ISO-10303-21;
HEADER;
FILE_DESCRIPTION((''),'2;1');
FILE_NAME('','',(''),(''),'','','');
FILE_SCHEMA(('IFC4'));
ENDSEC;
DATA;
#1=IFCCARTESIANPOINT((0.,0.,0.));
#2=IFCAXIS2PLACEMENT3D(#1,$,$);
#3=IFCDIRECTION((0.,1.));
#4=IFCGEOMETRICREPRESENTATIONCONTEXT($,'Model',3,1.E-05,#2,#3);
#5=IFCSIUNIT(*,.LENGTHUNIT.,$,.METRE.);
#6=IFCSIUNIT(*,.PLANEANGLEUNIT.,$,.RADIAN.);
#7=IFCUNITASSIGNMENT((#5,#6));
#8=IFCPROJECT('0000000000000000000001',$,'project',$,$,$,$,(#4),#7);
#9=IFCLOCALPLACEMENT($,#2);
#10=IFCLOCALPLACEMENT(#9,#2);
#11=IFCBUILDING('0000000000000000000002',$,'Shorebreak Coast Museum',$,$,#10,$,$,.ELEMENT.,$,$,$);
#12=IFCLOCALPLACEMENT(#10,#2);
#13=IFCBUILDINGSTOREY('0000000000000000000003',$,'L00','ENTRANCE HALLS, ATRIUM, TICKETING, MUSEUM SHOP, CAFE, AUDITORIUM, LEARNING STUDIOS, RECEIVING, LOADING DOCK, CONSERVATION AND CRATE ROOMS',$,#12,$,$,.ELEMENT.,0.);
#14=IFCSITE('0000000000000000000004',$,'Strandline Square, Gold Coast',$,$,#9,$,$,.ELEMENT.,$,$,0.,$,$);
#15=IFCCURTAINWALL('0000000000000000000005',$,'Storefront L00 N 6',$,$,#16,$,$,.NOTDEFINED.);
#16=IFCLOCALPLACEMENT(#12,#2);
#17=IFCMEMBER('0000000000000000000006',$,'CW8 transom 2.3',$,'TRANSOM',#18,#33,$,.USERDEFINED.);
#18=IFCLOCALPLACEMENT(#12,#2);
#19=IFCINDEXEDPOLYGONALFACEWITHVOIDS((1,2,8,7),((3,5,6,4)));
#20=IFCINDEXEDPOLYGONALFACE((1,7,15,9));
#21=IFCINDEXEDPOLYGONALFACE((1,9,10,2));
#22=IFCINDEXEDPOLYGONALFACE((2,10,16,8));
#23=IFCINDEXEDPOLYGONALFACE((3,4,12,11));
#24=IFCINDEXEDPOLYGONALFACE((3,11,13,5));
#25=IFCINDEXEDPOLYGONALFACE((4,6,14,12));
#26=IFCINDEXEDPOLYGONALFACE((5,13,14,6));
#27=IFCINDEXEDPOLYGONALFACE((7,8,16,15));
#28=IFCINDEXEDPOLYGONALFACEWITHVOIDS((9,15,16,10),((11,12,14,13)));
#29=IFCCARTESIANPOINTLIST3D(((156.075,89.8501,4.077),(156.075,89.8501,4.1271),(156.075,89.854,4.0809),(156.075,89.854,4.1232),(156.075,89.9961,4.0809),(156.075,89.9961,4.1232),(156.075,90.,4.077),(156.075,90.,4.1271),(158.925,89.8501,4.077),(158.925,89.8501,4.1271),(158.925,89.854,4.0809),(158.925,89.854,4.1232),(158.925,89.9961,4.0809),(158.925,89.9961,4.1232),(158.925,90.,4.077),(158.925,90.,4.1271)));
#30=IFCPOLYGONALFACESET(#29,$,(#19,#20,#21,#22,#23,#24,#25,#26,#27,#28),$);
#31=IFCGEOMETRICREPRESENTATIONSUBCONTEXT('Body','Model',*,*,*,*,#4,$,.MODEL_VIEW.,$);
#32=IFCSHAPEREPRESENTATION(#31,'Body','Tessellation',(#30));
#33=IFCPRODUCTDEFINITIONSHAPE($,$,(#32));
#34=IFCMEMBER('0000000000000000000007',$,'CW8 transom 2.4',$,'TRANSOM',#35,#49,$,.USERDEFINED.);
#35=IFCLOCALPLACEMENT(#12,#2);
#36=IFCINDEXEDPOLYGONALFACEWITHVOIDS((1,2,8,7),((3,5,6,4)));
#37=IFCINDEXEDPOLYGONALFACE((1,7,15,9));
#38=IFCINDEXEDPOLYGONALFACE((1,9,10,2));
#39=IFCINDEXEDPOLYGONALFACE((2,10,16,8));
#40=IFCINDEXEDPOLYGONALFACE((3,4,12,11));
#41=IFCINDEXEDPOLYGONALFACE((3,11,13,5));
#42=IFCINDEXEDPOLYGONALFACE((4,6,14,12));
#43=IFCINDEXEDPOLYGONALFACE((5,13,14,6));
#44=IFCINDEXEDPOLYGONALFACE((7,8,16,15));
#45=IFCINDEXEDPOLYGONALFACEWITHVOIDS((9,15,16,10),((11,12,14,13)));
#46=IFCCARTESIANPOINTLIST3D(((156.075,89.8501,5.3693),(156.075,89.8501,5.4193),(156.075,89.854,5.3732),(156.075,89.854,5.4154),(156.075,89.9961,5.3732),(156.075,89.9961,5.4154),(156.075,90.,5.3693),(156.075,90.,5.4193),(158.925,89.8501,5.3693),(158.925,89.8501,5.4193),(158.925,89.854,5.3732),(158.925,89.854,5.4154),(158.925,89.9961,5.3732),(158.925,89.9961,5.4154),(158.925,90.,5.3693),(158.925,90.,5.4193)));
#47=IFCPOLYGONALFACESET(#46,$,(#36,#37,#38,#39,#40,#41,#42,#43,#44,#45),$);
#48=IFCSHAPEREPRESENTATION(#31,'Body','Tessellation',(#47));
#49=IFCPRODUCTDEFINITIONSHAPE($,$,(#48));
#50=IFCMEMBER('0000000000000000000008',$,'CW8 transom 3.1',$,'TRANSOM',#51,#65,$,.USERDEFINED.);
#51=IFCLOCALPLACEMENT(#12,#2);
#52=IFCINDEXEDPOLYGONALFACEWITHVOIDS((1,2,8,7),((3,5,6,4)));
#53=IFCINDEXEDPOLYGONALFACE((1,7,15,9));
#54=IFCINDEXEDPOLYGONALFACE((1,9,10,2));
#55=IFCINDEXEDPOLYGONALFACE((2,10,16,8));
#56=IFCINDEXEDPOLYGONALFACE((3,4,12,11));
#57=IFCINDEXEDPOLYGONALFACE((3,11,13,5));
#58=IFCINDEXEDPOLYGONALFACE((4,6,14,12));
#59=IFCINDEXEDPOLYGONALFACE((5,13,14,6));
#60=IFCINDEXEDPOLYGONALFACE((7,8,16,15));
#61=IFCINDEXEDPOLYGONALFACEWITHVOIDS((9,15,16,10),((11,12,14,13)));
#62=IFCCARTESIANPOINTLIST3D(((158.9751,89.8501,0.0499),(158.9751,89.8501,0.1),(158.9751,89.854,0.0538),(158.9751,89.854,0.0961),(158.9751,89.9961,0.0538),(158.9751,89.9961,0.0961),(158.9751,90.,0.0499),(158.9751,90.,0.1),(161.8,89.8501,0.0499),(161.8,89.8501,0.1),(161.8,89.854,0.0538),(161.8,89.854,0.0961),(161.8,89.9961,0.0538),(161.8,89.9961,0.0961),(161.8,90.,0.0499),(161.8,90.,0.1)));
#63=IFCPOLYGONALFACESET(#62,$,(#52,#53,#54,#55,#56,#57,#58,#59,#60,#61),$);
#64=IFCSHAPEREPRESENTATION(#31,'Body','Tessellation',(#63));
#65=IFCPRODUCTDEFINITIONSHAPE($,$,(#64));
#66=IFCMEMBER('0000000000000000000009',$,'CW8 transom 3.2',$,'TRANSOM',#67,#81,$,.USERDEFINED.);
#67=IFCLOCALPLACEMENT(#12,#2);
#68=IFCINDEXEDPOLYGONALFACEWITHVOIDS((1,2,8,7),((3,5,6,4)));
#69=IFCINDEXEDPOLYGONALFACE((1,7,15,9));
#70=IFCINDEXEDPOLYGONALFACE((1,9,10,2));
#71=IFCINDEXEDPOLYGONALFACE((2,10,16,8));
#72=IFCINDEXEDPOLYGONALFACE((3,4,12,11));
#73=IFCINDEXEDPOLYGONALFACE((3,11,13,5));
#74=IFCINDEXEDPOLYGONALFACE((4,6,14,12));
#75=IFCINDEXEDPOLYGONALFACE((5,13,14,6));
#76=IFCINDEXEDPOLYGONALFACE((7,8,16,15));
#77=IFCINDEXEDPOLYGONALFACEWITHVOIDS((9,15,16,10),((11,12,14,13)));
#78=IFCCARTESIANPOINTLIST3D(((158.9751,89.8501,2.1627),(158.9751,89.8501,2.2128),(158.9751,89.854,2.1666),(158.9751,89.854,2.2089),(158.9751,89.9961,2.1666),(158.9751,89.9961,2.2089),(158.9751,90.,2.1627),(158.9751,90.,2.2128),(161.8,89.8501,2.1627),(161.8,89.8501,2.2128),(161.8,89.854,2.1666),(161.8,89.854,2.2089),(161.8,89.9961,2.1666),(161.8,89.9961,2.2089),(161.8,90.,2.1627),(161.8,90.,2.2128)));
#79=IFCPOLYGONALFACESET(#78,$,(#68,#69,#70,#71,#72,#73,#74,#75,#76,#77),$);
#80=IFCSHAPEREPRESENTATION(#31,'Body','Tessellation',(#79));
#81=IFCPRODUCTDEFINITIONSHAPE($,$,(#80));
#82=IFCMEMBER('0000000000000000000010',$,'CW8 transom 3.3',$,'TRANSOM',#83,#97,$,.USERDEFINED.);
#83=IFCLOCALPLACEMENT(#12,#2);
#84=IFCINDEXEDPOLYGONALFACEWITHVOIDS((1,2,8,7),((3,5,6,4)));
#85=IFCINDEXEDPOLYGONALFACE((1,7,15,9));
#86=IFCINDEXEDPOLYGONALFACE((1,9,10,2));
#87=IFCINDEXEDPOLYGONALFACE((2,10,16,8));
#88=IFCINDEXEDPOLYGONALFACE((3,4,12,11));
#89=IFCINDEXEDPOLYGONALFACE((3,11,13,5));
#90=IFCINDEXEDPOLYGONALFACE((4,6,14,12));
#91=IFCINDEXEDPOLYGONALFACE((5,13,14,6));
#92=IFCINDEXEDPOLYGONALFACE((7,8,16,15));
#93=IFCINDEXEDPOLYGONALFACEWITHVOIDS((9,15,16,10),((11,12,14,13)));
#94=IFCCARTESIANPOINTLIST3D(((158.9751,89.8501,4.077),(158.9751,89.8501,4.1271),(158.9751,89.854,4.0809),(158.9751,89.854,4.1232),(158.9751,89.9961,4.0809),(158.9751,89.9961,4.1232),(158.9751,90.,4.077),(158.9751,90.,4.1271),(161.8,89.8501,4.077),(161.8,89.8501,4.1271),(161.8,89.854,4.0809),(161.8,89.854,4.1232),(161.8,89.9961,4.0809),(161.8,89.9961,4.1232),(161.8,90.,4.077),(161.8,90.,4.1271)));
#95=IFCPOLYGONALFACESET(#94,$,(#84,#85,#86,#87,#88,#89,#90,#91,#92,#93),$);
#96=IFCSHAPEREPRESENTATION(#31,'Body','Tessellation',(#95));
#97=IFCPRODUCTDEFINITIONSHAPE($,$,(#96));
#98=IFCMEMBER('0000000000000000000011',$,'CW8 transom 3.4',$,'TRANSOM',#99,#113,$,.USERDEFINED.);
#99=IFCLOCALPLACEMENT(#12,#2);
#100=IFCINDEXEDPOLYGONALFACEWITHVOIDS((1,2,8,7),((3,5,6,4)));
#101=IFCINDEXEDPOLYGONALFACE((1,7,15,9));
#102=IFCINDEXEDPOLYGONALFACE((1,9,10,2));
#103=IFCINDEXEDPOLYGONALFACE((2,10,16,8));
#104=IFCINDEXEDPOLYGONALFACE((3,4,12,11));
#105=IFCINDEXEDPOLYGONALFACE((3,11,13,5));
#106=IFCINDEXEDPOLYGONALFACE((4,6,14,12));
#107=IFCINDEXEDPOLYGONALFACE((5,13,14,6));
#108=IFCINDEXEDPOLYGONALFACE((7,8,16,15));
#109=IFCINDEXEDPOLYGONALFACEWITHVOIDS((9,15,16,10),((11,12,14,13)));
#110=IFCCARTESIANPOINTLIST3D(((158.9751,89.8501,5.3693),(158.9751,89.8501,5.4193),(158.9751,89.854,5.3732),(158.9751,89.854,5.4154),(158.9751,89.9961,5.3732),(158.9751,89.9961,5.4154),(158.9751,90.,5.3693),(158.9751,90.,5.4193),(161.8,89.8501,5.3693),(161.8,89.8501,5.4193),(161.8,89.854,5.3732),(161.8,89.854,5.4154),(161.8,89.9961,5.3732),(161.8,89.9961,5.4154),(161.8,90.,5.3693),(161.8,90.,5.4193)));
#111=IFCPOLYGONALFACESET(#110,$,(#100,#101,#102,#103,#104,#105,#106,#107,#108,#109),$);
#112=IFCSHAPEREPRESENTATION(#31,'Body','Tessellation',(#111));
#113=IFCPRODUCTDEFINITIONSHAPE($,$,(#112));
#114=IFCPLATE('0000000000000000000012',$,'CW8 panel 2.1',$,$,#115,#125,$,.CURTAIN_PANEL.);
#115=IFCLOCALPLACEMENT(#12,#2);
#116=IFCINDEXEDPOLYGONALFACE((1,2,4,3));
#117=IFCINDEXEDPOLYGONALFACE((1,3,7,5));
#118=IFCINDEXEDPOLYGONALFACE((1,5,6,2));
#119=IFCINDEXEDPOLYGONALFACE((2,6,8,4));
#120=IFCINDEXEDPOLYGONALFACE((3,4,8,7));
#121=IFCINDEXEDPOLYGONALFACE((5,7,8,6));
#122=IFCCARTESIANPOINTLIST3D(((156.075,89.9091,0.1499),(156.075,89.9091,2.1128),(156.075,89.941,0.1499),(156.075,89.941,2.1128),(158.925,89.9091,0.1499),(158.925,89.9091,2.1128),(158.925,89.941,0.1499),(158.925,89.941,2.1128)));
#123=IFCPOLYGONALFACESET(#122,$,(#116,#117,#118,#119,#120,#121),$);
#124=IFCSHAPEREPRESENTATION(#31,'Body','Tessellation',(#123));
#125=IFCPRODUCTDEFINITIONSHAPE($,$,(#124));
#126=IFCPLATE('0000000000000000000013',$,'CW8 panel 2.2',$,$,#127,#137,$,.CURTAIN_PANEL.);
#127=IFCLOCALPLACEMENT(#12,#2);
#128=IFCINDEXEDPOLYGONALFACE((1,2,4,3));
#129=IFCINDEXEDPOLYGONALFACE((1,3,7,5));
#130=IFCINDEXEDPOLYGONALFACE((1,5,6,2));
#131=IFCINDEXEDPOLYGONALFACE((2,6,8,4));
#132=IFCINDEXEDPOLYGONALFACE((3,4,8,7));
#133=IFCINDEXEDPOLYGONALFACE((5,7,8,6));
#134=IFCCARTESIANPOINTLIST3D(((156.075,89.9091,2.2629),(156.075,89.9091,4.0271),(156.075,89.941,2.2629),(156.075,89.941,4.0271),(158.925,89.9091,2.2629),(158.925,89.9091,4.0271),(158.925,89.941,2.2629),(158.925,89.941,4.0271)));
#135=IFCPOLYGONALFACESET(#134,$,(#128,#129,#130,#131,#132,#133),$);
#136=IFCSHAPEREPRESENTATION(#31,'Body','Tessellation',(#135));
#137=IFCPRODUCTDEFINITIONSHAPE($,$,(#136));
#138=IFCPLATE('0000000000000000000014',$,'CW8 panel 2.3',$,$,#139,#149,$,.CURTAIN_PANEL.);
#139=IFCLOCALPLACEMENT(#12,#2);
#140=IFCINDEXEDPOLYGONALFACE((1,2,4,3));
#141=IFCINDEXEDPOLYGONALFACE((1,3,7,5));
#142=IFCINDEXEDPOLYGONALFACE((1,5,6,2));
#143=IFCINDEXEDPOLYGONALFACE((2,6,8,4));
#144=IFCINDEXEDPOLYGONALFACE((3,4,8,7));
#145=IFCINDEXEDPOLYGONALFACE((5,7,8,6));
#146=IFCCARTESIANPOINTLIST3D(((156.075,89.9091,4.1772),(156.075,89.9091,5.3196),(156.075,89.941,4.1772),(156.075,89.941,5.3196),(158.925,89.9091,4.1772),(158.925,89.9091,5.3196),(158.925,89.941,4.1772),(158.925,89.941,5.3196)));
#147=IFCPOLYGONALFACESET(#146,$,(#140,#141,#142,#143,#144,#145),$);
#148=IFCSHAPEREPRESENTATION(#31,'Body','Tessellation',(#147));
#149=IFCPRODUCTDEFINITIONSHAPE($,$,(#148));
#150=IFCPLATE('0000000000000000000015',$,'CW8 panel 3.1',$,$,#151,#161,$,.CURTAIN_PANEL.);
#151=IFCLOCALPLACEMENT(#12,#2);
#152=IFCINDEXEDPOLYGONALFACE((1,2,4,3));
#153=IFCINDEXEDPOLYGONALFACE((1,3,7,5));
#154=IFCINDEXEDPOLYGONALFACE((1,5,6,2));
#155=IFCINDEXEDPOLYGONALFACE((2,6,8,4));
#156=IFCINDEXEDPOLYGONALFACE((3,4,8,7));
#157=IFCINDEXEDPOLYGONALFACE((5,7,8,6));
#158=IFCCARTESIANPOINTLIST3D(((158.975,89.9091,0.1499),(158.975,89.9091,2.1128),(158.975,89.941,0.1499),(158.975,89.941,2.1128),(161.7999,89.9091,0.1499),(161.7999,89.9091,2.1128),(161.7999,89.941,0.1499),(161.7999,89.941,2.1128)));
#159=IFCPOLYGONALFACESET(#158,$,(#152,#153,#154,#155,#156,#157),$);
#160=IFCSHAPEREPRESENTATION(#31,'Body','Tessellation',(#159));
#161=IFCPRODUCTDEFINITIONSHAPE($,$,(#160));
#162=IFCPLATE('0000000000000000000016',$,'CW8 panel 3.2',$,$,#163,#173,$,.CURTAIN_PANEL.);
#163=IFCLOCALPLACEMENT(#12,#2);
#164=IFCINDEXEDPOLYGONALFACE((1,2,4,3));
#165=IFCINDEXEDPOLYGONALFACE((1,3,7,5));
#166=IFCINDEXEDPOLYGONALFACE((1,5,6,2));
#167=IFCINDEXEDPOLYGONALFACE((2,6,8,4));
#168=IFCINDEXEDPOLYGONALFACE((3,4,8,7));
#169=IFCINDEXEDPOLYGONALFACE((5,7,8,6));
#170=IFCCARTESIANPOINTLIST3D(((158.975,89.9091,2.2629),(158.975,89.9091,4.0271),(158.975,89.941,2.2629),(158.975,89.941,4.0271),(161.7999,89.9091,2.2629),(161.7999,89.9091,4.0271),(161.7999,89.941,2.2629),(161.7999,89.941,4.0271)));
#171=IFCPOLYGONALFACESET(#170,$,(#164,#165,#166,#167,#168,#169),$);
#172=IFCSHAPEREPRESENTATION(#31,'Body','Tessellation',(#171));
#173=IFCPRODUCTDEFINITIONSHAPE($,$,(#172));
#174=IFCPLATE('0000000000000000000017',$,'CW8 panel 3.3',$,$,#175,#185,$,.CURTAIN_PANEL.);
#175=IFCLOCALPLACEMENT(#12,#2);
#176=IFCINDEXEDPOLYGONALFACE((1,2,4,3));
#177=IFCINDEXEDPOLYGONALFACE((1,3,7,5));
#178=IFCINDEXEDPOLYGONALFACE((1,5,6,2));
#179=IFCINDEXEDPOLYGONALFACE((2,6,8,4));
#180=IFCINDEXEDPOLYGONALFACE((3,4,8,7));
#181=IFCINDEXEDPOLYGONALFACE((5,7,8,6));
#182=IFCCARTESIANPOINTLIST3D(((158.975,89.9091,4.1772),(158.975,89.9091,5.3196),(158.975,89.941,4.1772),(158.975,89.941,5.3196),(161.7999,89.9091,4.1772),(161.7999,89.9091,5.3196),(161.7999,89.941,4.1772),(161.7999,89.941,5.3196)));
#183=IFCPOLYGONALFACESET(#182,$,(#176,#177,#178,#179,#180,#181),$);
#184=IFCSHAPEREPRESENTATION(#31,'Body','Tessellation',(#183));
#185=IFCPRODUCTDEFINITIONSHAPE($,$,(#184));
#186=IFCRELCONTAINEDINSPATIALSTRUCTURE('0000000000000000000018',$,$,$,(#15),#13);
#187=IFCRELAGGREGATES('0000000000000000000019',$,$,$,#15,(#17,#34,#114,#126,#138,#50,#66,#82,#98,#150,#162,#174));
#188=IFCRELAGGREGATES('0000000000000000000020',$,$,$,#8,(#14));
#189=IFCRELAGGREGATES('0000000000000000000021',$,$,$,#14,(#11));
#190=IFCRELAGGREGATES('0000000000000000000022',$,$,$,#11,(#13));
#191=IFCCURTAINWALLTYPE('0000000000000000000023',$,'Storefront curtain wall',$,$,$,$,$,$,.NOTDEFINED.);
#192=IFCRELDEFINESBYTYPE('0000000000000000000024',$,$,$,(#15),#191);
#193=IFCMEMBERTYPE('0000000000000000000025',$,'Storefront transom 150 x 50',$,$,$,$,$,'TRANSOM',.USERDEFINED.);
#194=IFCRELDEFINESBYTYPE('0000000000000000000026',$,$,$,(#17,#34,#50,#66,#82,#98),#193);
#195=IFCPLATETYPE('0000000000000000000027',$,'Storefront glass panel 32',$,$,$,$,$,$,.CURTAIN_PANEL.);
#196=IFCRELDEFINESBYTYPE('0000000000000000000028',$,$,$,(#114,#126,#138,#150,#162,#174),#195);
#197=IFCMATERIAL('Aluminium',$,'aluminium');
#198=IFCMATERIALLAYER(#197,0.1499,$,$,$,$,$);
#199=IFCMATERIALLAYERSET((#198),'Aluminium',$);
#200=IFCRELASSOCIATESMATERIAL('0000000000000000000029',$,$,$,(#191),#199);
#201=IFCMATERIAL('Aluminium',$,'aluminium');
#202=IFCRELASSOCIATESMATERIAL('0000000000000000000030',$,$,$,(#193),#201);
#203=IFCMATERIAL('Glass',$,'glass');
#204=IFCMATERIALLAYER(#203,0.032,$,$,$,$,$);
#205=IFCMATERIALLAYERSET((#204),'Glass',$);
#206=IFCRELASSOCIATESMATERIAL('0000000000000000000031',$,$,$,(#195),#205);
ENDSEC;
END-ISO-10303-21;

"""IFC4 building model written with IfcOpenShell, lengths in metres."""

from ifc_helpers import new_model, si_unit, direction, frame, origin, origin_2d, place, context, subcontext, project, spatial, rectangle, hollow_rectangle, extrude, material, layer, layer_set, material_profile, profile_set, type_object, element, aggregate, save


model = new_model("IFC4")

# Units and contexts
model_context = context("Model", 3, precision=1e-05, world=origin(), true_north=direction((0.0, 1.0)))
body_context = subcontext(model_context, "Body", "Model", "MODEL_VIEW")
ifc_project = project(units=[si_unit("LENGTHUNIT", "METRE"), si_unit("PLANEANGLEUNIT", "RADIAN")], contexts=[model_context])

# Site, building, storey
site_placement = place(None, origin())
site = spatial("IfcSite", under=ifc_project, at=site_placement, Name="Strandline Square, Gold Coast", CompositionType="ELEMENT", RefElevation=0.0)
building_placement = place(site_placement, origin())
building = spatial("IfcBuilding", under=site, at=building_placement, Name="Shorebreak Coast Museum", CompositionType="ELEMENT")
storey_placement = place(building_placement, origin())
storey = spatial("IfcBuildingStorey", under=building, at=storey_placement, Name="L00", Description="ENTRANCE HALLS, ATRIUM, TICKETING, MUSEUM SHOP, CAFE, AUDITORIUM, LEARNING STUDIOS, RECEIVING, LOADING DOCK, CONSERVATION AND CRATE ROOMS", CompositionType="ELEMENT", Elevation=0.0)

# Curtain wall, members, plates
ifc_material_1 = material(Name="Aluminium", Category="aluminium")
ifc_layer_1 = layer(ifc_material_1, 0.1499)
ifc_layer_set_1 = layer_set([ifc_layer_1], Name="Aluminium")
curtain_wall_type = type_object("IfcCurtainWallType", Name="Storefront curtain wall", PredefinedType="NOTDEFINED", material=ifc_layer_set_1)
curtain_wall_placement = place(storey_placement, origin())
curtain_wall = element("IfcCurtainWall", 1, at=curtain_wall_placement, inside=storey, type_object=curtain_wall_type, Name="Storefront L00 N 6", PredefinedType="NOTDEFINED")
ifc_material_2 = material(Name="Aluminium", Category="aluminium")
ifc_material_profile_1 = material_profile(ifc_material_2, hollow_rectangle(XDim=0.1499, YDim=0.05, WallThickness=0.0039, at=origin_2d()), Name="AL 50x150 RHS")
ifc_profile_set_1 = profile_set([ifc_material_profile_1], Name="Aluminium")
member_type_1 = type_object("IfcMemberType", Name="Storefront transom 150 x 50", ElementType="TRANSOM", PredefinedType="USERDEFINED", material=ifc_profile_set_1)
member_1_placement = place(storey_placement, frame((156.075, 89.925, 4.1021), z_axis=(1.0, 0.0, 0.0), x_axis=(0.0, 1.0, 0.0)))
member_1 = element("IfcMember", 2, at=member_1_placement, type_object=member_type_1, Name="CW8 transom 2.3", ObjectType="TRANSOM", PredefinedType="USERDEFINED", context=body_context, shape_type="SweptSolid", body=[
    extrude(hollow_rectangle(XDim=0.1499, YDim=0.05, WallThickness=0.0039, at=origin_2d()), origin(), (0.0, 0.0, 1.0), 2.8501),
])
member_2_placement = place(storey_placement, frame((156.075, 89.925, 5.3943), z_axis=(1.0, 0.0, 0.0), x_axis=(0.0, 1.0, 0.0)))
member_2 = element("IfcMember", 3, at=member_2_placement, type_object=member_type_1, Name="CW8 transom 2.4", ObjectType="TRANSOM", PredefinedType="USERDEFINED", context=body_context, shape_type="SweptSolid", body=[
    extrude(hollow_rectangle(XDim=0.1499, YDim=0.05, WallThickness=0.0039, at=origin_2d()), origin(), (0.0, 0.0, 1.0), 2.8501),
])
member_3_placement = place(storey_placement, frame((158.9751, 89.925, 0.075), z_axis=(1.0, 0.0, 0.0), x_axis=(0.0, 1.0, 0.0)))
member_3 = element("IfcMember", 4, at=member_3_placement, type_object=member_type_1, Name="CW8 transom 3.1", ObjectType="TRANSOM", PredefinedType="USERDEFINED", context=body_context, shape_type="SweptSolid", body=[
    extrude(hollow_rectangle(XDim=0.1499, YDim=0.05, WallThickness=0.0039, at=origin_2d()), origin(), (0.0, 0.0, 1.0), 2.825),
])
member_4_placement = place(storey_placement, frame((158.9751, 89.925, 2.1877), z_axis=(1.0, 0.0, 0.0), x_axis=(0.0, 1.0, 0.0)))
member_4 = element("IfcMember", 5, at=member_4_placement, type_object=member_type_1, Name="CW8 transom 3.2", ObjectType="TRANSOM", PredefinedType="USERDEFINED", context=body_context, shape_type="SweptSolid", body=[
    extrude(hollow_rectangle(XDim=0.1499, YDim=0.05, WallThickness=0.0039, at=origin_2d()), origin(), (0.0, 0.0, 1.0), 2.825),
])
member_5_placement = place(storey_placement, frame((158.9751, 89.925, 4.1021), z_axis=(1.0, 0.0, 0.0), x_axis=(0.0, 1.0, 0.0)))
member_5 = element("IfcMember", 6, at=member_5_placement, type_object=member_type_1, Name="CW8 transom 3.3", ObjectType="TRANSOM", PredefinedType="USERDEFINED", context=body_context, shape_type="SweptSolid", body=[
    extrude(hollow_rectangle(XDim=0.1499, YDim=0.05, WallThickness=0.0039, at=origin_2d()), origin(), (0.0, 0.0, 1.0), 2.825),
])
member_6_placement = place(storey_placement, frame((158.9751, 89.925, 5.3943), z_axis=(1.0, 0.0, 0.0), x_axis=(0.0, 1.0, 0.0)))
member_6 = element("IfcMember", 7, at=member_6_placement, type_object=member_type_1, Name="CW8 transom 3.4", ObjectType="TRANSOM", PredefinedType="USERDEFINED", context=body_context, shape_type="SweptSolid", body=[
    extrude(hollow_rectangle(XDim=0.1499, YDim=0.05, WallThickness=0.0039, at=origin_2d()), origin(), (0.0, 0.0, 1.0), 2.825),
])
ifc_material_3 = material(Name="Glass", Category="glass")
ifc_layer_2 = layer(ifc_material_3, 0.032)
ifc_layer_set_2 = layer_set([ifc_layer_2], Name="Glass")
plate_type = type_object("IfcPlateType", Name="Storefront glass panel 32", PredefinedType="CURTAIN_PANEL", material=ifc_layer_set_2)
plate_1_placement = place(storey_placement, frame((157.5, 89.925, 0.1499), z_axis=(0.0, 0.0, 1.0), x_axis=(1.0, 0.0, 0.0)))
plate_1 = element("IfcPlate", 8, at=plate_1_placement, type_object=plate_type, Name="CW8 panel 2.1", PredefinedType="CURTAIN_PANEL", context=body_context, shape_type="SweptSolid", body=[
    extrude(rectangle(XDim=2.8501, YDim=0.032, at=origin_2d()), origin(), (0.0, 0.0, 1.0), 1.9629),
])
plate_2_placement = place(storey_placement, frame((157.5, 89.925, 2.2629), z_axis=(0.0, 0.0, 1.0), x_axis=(1.0, 0.0, 0.0)))
plate_2 = element("IfcPlate", 9, at=plate_2_placement, type_object=plate_type, Name="CW8 panel 2.2", PredefinedType="CURTAIN_PANEL", context=body_context, shape_type="SweptSolid", body=[
    extrude(rectangle(XDim=2.8501, YDim=0.032, at=origin_2d()), origin(), (0.0, 0.0, 1.0), 1.7642),
])
plate_3_placement = place(storey_placement, frame((157.5, 89.925, 4.1772), z_axis=(0.0, 0.0, 1.0), x_axis=(1.0, 0.0, 0.0)))
plate_3 = element("IfcPlate", 10, at=plate_3_placement, type_object=plate_type, Name="CW8 panel 2.3", PredefinedType="CURTAIN_PANEL", context=body_context, shape_type="SweptSolid", body=[
    extrude(rectangle(XDim=2.8501, YDim=0.032, at=origin_2d()), origin(), (0.0, 0.0, 1.0), 1.1423),
])
plate_4_placement = place(storey_placement, frame((160.3875, 89.925, 0.1499), z_axis=(0.0, 0.0, 1.0), x_axis=(1.0, 0.0, 0.0)))
plate_4 = element("IfcPlate", 11, at=plate_4_placement, type_object=plate_type, Name="CW8 panel 3.1", PredefinedType="CURTAIN_PANEL", context=body_context, shape_type="SweptSolid", body=[
    extrude(rectangle(XDim=2.825, YDim=0.032, at=origin_2d()), origin(), (0.0, 0.0, 1.0), 1.9629),
])
plate_5_placement = place(storey_placement, frame((160.3875, 89.925, 2.2629), z_axis=(0.0, 0.0, 1.0), x_axis=(1.0, 0.0, 0.0)))
plate_5 = element("IfcPlate", 12, at=plate_5_placement, type_object=plate_type, Name="CW8 panel 3.2", PredefinedType="CURTAIN_PANEL", context=body_context, shape_type="SweptSolid", body=[
    extrude(rectangle(XDim=2.825, YDim=0.032, at=origin_2d()), origin(), (0.0, 0.0, 1.0), 1.7642),
])
plate_6_placement = place(storey_placement, frame((160.3875, 89.925, 4.1772), z_axis=(0.0, 0.0, 1.0), x_axis=(1.0, 0.0, 0.0)))
plate_6 = element("IfcPlate", 13, at=plate_6_placement, type_object=plate_type, Name="CW8 panel 3.3", PredefinedType="CURTAIN_PANEL", context=body_context, shape_type="SweptSolid", body=[
    extrude(rectangle(XDim=2.825, YDim=0.032, at=origin_2d()), origin(), (0.0, 0.0, 1.0), 1.1423),
])
aggregate(curtain_wall, [member_1, member_2, plate_1, plate_2, plate_3, member_3, member_4, member_5, member_6, plate_4, plate_5, plate_6])

save(model, "model.ifc")
